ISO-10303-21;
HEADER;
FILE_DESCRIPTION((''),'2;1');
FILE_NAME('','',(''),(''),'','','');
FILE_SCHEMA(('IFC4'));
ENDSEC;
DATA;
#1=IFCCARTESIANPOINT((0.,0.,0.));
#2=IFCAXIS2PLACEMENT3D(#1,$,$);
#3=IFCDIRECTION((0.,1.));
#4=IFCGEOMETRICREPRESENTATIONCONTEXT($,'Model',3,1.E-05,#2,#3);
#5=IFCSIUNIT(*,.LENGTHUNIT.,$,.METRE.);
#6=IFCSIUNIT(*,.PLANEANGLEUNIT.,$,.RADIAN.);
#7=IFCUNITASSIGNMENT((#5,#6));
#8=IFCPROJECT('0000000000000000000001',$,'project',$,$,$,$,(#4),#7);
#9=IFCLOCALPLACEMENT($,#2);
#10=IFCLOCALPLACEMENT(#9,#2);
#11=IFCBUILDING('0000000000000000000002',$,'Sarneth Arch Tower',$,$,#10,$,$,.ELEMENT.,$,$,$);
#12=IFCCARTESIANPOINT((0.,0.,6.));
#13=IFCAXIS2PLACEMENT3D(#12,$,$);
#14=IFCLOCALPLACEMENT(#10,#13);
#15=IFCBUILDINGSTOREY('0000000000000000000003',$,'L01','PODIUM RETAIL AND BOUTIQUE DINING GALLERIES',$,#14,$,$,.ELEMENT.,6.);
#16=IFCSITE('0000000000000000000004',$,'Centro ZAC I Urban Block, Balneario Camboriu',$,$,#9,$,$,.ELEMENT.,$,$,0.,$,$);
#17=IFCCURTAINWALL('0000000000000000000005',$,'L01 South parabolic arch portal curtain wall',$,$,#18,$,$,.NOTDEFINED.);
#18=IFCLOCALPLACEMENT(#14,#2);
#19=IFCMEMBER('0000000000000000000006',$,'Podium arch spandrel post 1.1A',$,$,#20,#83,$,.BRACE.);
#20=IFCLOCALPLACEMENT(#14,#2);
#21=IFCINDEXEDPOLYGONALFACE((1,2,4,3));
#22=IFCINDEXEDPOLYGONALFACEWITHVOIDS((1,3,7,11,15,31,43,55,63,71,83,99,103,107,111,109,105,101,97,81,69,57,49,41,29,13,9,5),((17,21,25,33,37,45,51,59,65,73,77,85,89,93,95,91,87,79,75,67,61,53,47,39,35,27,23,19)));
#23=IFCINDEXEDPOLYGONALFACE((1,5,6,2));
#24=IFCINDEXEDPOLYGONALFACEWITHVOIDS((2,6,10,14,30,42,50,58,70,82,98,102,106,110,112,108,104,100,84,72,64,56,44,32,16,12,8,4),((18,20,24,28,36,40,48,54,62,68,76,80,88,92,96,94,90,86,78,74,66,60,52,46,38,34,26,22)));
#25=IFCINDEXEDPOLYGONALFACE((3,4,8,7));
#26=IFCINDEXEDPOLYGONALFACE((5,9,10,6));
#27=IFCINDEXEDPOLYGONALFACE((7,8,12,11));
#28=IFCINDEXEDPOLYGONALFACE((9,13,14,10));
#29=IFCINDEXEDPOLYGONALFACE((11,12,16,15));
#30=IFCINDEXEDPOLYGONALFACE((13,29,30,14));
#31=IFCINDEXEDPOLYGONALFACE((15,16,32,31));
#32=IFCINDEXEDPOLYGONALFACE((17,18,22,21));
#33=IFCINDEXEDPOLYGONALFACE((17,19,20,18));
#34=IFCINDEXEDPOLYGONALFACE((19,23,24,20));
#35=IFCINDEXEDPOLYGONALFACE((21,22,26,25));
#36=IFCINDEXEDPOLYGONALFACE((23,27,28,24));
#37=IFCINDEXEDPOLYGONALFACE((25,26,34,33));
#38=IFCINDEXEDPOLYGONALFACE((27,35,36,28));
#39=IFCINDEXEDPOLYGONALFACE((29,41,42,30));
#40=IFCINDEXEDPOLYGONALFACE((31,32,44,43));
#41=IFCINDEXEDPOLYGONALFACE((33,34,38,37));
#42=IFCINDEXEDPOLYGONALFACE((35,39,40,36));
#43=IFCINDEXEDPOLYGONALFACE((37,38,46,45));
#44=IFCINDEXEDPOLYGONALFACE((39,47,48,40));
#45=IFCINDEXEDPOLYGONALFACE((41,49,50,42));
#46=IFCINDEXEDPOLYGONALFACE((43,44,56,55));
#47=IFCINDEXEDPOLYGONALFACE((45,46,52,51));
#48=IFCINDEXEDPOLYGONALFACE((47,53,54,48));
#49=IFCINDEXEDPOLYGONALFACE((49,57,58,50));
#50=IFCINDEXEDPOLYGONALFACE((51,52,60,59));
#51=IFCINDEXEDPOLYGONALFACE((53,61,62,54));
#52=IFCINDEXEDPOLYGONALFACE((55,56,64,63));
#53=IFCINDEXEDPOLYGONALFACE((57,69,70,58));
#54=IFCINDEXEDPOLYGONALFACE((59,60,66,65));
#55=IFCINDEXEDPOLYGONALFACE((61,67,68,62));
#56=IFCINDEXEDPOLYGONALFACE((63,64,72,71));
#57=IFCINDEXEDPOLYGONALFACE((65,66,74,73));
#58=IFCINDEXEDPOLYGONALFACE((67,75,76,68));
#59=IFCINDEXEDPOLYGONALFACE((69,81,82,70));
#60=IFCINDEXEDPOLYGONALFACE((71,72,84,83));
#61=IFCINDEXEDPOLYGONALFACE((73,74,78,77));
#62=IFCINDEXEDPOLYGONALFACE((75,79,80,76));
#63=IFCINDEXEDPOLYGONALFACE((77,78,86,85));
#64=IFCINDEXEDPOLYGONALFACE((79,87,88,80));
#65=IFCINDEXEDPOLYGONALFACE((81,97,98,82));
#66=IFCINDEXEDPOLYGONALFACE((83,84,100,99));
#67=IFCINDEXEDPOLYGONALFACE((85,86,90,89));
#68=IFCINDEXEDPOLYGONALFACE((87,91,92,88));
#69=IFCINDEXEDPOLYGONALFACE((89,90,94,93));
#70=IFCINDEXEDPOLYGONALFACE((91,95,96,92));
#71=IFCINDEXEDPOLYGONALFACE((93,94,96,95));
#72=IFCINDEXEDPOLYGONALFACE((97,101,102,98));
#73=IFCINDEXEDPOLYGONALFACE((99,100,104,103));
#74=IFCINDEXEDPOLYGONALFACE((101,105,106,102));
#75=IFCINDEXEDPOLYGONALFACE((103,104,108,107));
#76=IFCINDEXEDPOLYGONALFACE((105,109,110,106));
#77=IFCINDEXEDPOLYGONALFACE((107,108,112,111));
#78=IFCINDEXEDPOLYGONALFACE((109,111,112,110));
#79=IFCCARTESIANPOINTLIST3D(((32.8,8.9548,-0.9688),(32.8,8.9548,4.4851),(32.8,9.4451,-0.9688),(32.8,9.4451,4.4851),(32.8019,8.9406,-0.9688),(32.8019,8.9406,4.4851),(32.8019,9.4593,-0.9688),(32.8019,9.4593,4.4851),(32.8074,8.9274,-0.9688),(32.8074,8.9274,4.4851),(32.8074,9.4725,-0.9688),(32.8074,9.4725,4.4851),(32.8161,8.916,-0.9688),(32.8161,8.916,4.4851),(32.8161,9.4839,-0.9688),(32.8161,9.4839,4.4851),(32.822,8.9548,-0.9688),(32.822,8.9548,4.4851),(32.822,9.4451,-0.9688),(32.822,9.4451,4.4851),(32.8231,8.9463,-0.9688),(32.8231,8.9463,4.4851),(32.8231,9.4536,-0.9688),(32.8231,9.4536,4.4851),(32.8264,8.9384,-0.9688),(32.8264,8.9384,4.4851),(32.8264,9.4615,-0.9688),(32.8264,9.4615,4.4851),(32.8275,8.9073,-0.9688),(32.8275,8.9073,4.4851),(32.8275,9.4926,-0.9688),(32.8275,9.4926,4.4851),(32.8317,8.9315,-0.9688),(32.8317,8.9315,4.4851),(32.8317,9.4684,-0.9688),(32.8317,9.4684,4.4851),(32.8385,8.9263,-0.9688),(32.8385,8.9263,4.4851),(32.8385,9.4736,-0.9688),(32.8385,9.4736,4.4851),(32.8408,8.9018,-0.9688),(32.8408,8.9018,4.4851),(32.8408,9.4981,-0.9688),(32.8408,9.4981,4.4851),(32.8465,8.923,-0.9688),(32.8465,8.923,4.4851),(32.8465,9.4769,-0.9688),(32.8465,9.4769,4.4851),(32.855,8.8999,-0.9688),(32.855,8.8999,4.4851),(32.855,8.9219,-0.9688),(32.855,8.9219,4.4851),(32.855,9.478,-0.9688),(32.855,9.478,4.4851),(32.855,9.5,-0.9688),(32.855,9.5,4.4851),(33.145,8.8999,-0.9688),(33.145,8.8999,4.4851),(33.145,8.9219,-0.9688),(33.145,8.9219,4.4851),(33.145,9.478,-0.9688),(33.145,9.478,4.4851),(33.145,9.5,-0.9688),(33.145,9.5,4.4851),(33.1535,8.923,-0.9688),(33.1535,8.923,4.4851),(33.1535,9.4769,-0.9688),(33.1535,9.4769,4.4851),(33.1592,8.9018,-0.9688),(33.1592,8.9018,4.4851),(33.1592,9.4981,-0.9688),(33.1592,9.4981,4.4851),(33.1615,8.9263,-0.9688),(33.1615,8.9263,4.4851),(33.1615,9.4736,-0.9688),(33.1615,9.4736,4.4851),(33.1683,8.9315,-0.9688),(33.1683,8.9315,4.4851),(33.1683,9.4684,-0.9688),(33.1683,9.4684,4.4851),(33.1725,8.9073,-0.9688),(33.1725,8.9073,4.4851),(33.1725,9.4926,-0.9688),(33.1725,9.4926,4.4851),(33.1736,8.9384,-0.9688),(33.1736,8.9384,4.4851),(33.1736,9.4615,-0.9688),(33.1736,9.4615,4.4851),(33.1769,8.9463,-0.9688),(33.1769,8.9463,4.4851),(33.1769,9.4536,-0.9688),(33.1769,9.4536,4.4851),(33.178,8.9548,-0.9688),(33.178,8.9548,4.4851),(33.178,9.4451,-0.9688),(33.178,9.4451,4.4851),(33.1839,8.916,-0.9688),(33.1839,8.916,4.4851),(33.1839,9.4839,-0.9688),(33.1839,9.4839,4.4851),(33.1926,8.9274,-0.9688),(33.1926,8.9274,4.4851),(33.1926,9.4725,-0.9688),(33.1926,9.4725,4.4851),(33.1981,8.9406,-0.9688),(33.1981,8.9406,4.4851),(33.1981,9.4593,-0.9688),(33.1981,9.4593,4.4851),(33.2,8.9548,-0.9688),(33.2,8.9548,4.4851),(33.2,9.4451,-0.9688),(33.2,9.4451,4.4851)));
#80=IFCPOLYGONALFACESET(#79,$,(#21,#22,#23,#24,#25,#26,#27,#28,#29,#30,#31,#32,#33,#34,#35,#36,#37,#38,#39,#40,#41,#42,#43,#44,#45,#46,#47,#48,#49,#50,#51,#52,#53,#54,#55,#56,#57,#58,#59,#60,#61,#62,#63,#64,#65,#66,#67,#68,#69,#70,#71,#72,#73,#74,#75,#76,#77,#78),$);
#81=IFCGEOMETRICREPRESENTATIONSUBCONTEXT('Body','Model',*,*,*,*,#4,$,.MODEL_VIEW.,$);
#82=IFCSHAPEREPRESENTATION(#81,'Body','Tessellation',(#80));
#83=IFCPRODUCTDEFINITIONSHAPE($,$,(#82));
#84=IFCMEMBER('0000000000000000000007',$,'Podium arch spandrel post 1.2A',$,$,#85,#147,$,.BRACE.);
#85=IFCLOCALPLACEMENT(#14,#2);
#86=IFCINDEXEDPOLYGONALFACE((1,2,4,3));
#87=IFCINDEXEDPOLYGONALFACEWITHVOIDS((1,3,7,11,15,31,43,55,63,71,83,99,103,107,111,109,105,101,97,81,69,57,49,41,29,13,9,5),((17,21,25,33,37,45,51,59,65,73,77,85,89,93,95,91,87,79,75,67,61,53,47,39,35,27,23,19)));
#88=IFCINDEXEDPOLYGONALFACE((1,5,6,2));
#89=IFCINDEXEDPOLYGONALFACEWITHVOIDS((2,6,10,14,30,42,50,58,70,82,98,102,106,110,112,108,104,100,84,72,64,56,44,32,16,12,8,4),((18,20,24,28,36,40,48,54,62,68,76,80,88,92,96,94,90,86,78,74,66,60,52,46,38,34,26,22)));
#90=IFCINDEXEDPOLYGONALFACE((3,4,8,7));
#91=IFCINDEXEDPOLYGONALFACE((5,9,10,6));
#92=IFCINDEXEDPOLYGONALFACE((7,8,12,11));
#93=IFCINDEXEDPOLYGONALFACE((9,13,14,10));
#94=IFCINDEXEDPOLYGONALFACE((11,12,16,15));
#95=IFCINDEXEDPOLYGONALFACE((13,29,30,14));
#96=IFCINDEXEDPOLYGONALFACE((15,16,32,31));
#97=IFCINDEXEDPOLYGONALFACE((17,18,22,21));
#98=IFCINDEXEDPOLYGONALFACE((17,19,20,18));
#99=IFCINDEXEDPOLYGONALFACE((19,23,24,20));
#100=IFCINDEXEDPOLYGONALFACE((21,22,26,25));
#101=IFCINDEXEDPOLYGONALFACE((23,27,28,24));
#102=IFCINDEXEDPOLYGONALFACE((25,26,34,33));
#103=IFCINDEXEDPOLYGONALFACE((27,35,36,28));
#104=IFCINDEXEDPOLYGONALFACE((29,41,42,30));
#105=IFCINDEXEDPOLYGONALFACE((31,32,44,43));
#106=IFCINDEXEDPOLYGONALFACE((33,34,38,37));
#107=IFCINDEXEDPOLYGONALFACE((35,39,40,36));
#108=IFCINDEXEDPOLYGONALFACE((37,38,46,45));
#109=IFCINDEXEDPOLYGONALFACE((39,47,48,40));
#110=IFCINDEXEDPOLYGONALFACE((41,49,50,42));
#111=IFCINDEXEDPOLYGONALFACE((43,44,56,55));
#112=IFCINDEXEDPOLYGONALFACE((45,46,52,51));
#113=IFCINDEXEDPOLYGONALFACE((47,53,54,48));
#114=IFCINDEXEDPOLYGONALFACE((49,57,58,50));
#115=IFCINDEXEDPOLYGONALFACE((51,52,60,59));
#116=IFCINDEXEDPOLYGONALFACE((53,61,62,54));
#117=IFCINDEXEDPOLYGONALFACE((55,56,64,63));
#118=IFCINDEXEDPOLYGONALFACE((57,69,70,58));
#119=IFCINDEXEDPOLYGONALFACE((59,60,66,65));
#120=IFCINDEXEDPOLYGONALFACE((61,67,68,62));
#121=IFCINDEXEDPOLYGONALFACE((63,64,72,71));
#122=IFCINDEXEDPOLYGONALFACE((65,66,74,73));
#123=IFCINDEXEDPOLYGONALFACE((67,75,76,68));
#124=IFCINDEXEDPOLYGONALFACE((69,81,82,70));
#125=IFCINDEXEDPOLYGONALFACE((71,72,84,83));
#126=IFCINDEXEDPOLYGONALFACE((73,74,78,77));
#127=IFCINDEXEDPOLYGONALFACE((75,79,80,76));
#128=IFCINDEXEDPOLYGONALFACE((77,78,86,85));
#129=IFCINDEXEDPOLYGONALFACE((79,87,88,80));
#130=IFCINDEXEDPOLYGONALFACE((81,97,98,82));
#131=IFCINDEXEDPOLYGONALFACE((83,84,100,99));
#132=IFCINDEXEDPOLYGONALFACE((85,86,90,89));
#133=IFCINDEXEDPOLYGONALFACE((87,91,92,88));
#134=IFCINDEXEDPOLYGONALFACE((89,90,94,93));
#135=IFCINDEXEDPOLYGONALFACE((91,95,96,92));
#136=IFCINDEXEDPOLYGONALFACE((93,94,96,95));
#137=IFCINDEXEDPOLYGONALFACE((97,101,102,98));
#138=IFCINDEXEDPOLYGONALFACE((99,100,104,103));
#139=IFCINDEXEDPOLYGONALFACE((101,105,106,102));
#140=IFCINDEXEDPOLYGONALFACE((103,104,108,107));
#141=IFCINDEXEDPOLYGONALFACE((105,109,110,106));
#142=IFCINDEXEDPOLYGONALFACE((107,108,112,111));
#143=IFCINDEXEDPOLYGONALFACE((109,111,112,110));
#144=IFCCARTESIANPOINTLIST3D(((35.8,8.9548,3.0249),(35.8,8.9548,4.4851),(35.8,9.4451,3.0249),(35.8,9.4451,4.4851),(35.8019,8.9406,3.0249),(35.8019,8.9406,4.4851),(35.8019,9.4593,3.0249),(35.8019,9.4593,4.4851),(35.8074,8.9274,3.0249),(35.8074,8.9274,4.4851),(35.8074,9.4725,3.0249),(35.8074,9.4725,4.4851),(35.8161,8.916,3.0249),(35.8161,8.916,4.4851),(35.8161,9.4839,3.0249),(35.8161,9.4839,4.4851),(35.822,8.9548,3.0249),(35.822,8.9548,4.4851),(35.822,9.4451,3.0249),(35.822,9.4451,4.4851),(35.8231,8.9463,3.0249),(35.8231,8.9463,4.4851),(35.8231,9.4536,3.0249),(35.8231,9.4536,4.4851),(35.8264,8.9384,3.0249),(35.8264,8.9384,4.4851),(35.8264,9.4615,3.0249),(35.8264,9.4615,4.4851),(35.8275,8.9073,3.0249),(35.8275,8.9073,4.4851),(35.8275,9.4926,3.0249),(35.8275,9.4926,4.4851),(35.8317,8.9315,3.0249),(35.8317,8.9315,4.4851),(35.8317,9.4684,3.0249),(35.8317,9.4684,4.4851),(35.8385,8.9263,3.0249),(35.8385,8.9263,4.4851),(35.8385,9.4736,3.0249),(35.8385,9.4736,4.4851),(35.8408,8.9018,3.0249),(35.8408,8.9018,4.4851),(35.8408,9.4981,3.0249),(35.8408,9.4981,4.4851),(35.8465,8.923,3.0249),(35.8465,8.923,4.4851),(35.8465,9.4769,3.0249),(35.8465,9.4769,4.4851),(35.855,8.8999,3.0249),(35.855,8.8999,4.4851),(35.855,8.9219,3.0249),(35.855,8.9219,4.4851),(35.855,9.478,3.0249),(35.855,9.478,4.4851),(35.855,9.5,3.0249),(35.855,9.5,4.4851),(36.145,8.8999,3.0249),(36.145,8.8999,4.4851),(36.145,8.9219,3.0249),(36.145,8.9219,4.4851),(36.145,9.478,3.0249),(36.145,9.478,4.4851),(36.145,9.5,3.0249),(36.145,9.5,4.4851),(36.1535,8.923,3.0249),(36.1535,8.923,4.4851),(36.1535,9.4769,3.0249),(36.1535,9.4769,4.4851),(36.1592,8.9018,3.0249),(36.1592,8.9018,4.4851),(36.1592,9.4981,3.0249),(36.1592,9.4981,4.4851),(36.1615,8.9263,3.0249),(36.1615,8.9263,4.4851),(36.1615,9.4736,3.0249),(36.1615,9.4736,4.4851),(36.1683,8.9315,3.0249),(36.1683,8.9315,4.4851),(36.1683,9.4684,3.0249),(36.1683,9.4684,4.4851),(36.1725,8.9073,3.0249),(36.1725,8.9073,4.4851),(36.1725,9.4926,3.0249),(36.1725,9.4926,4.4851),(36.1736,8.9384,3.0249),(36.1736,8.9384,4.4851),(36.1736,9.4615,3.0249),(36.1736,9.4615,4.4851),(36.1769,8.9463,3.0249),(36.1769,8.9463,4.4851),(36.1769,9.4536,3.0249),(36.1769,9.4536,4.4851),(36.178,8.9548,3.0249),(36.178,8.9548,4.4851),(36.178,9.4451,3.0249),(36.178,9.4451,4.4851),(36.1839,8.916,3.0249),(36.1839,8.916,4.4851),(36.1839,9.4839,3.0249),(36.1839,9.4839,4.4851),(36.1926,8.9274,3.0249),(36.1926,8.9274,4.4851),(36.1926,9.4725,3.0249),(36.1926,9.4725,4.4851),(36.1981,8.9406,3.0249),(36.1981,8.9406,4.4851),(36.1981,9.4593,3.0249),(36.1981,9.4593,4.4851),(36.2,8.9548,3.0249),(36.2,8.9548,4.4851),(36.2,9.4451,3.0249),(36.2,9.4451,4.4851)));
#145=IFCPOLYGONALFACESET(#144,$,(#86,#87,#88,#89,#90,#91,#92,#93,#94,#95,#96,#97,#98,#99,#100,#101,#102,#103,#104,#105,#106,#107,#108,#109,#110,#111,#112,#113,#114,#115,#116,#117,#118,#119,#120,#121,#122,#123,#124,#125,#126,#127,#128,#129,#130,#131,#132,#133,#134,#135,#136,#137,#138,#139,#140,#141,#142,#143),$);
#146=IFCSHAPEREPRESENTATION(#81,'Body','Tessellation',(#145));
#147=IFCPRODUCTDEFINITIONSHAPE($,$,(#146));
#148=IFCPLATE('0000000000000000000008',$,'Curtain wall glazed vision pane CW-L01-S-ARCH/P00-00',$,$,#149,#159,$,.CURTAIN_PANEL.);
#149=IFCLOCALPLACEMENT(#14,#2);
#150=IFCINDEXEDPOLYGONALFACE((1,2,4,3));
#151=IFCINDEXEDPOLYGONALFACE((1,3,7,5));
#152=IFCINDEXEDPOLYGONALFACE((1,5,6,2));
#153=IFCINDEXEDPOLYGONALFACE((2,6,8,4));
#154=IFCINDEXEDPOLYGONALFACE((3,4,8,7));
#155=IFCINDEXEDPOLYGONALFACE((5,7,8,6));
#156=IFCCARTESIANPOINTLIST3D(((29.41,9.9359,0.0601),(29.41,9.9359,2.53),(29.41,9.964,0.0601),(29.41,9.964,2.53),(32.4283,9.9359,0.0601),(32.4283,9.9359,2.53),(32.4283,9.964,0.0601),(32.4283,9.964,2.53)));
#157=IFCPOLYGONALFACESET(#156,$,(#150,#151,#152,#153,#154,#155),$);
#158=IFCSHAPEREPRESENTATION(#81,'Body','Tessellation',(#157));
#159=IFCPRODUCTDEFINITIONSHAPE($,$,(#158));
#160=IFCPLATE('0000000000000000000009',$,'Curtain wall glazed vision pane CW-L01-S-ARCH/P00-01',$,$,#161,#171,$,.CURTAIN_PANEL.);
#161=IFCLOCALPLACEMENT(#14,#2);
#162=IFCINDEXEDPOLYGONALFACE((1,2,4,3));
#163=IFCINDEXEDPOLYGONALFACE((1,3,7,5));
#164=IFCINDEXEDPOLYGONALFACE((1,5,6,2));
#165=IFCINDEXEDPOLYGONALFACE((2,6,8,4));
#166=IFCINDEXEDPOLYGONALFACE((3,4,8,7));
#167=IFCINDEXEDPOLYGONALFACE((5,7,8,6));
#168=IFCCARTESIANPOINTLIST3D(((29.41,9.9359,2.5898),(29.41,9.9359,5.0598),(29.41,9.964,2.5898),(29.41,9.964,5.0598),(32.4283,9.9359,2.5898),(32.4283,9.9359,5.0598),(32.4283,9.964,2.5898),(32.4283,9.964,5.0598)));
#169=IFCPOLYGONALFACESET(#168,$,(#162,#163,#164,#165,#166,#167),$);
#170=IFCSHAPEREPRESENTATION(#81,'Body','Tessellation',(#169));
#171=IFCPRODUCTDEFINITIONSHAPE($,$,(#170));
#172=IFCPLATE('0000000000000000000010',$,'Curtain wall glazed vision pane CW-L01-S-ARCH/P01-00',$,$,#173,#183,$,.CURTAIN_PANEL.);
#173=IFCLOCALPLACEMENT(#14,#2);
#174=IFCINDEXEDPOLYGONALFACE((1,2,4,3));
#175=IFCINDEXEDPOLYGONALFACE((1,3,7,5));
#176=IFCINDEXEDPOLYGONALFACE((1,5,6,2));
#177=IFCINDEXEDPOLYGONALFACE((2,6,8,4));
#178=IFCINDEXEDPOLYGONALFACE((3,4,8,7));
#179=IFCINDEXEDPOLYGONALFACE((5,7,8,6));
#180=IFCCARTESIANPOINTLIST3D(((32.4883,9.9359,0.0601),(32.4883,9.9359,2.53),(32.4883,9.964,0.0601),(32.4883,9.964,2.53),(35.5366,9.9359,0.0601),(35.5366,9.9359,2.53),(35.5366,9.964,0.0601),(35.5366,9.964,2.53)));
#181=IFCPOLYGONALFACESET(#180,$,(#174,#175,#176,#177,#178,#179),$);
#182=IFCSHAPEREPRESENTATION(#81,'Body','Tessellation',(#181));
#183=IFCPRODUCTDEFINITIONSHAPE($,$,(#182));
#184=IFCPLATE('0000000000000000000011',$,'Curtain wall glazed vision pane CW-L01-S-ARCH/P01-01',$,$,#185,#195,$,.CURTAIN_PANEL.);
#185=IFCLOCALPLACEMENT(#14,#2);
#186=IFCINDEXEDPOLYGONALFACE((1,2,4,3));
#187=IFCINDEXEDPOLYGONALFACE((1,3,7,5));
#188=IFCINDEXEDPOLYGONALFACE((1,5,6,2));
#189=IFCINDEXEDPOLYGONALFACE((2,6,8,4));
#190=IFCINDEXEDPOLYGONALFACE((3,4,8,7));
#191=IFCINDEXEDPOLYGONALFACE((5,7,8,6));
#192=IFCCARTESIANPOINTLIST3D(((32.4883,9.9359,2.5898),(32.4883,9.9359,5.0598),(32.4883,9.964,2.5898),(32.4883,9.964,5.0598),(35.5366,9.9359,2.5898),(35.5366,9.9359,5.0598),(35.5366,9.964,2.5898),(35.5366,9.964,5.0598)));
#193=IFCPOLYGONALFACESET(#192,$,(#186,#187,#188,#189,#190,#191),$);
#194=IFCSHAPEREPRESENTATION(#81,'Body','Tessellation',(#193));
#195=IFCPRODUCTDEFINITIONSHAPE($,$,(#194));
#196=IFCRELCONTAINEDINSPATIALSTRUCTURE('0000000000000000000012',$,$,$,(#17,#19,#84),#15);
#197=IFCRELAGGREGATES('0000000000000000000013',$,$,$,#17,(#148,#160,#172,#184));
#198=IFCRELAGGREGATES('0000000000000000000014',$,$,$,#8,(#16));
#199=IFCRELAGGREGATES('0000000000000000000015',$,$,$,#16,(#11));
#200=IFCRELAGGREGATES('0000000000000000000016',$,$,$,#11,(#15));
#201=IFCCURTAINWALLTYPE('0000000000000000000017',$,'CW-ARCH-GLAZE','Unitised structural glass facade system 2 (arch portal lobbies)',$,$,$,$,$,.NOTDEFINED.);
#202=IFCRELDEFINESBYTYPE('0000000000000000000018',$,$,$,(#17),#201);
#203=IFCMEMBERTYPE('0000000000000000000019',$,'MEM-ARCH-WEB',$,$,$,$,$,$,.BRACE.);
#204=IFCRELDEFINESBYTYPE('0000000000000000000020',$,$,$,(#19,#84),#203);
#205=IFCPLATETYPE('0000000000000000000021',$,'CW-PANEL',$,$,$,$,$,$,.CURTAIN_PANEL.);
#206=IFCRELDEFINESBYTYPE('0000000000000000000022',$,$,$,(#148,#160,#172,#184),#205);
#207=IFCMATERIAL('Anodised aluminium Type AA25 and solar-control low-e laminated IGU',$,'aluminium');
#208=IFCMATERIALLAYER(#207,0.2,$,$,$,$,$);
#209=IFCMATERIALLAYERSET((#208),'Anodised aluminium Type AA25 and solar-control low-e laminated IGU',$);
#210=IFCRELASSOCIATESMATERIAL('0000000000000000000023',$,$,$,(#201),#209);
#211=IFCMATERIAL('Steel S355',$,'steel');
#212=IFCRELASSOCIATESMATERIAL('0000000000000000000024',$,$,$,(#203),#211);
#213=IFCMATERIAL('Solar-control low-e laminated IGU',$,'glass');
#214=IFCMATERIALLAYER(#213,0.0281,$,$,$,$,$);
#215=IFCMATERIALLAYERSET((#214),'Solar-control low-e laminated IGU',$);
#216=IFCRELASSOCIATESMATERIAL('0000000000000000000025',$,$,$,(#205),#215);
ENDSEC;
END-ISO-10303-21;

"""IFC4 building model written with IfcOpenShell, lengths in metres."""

from ifc_helpers import new_model, si_unit, direction, frame, origin, origin_2d, place, context, subcontext, project, spatial, rectangle, hollow_rectangle, extrude, material, layer, layer_set, material_profile, profile_set, type_object, element, aggregate, save


model = new_model("IFC4")

# Units and contexts
model_context = context("Model", 3, precision=1e-05, world=origin(), true_north=direction((0.0, 1.0)))
body_context = subcontext(model_context, "Body", "Model", "MODEL_VIEW")
ifc_project = project(units=[si_unit("LENGTHUNIT", "METRE"), si_unit("PLANEANGLEUNIT", "RADIAN")], contexts=[model_context])

# Site, building, storey
site_placement = place(None, origin())
site = spatial("IfcSite", under=ifc_project, at=site_placement, Name="Centro ZAC I Urban Block, Balneario Camboriu", CompositionType="ELEMENT", RefElevation=0.0)
building_placement = place(site_placement, origin())
building = spatial("IfcBuilding", under=site, at=building_placement, Name="Sarneth Arch Tower", CompositionType="ELEMENT")
storey_placement = place(building_placement, frame((0.0, 0.0, 6.0)))
storey = spatial("IfcBuildingStorey", under=building, at=storey_placement, Name="L01", Description="PODIUM RETAIL AND BOUTIQUE DINING GALLERIES", CompositionType="ELEMENT", Elevation=6.0)

# Curtain wall
ifc_material_1 = material(Name="Anodised aluminium Type AA25 and solar-control low-e laminated IGU", Category="aluminium")
ifc_layer_1 = layer(ifc_material_1, 0.2)
ifc_layer_set_1 = layer_set([ifc_layer_1], Name="Anodised aluminium Type AA25 and solar-control low-e laminated IGU")
curtain_wall_type = type_object("IfcCurtainWallType", Name="CW-ARCH-GLAZE", Description="Unitised structural glass facade system 2 (arch portal lobbies)", PredefinedType="NOTDEFINED", material=ifc_layer_set_1)
curtain_wall_placement = place(storey_placement, origin())
curtain_wall = element("IfcCurtainWall", 1, at=curtain_wall_placement, inside=storey, type_object=curtain_wall_type, Name="L01 South parabolic arch portal curtain wall", PredefinedType="NOTDEFINED")

# Members
ifc_material_2 = material(Name="Steel S355", Category="steel")
ifc_material_profile_1 = material_profile(ifc_material_2, hollow_rectangle(XDim=0.3999, YDim=0.6001, WallThickness=0.022, InnerFilletRadius=0.033, OuterFilletRadius=0.0549, at=origin_2d()), Name="RHS600x400x22")
ifc_profile_set_1 = profile_set([ifc_material_profile_1], Name="Steel S355")
member_type_1 = type_object("IfcMemberType", Name="MEM-ARCH-WEB", PredefinedType="BRACE", material=ifc_profile_set_1)
member_1_placement = place(storey_placement, frame((33.0, 9.2, -0.9688), z_axis=(0.0, 0.0, 1.0), x_axis=(1.0, 0.0, 0.0)))
element("IfcMember", 2, at=member_1_placement, inside=storey, type_object=member_type_1, Name="Podium arch spandrel post 1.1A", PredefinedType="BRACE", context=body_context, shape_type="SweptSolid", body=[
    extrude(hollow_rectangle(XDim=0.3999, YDim=0.6001, WallThickness=0.022, InnerFilletRadius=0.033, OuterFilletRadius=0.0549, at=origin_2d()), origin(), (0.0, 0.0, 1.0), 5.4539),
])
member_2_placement = place(storey_placement, frame((36.0, 9.2, 3.0249), z_axis=(0.0, 0.0, 1.0), x_axis=(1.0, 0.0, 0.0)))
element("IfcMember", 3, at=member_2_placement, inside=storey, type_object=member_type_1, Name="Podium arch spandrel post 1.2A", PredefinedType="BRACE", context=body_context, shape_type="SweptSolid", body=[
    extrude(hollow_rectangle(XDim=0.3999, YDim=0.6001, WallThickness=0.022, InnerFilletRadius=0.033, OuterFilletRadius=0.0549, at=origin_2d()), origin(), (0.0, 0.0, 1.0), 1.4602),
])

# Plates
ifc_material_3 = material(Name="Solar-control low-e laminated IGU", Category="glass")
ifc_layer_2 = layer(ifc_material_3, 0.0281)
ifc_layer_set_2 = layer_set([ifc_layer_2], Name="Solar-control low-e laminated IGU")
plate_type_1 = type_object("IfcPlateType", Name="CW-PANEL", PredefinedType="CURTAIN_PANEL", material=ifc_layer_set_2)
plate_1_placement = place(storey_placement, frame((30.9192, 9.95, 0.0601), z_axis=(0.0, 0.0, 1.0), x_axis=(1.0, 0.0, 0.0)))
plate_1 = element("IfcPlate", 4, at=plate_1_placement, type_object=plate_type_1, Name="Curtain wall glazed vision pane CW-L01-S-ARCH/P00-00", PredefinedType="CURTAIN_PANEL", context=body_context, shape_type="SweptSolid", body=[
    extrude(rectangle(XDim=3.0183, YDim=0.0281, at=origin_2d()), origin(), (0.0, 0.0, 1.0), 2.47),
])
plate_2_placement = place(storey_placement, frame((30.9192, 9.95, 2.5898), z_axis=(0.0, 0.0, 1.0), x_axis=(1.0, 0.0, 0.0)))
plate_2 = element("IfcPlate", 5, at=plate_2_placement, type_object=plate_type_1, Name="Curtain wall glazed vision pane CW-L01-S-ARCH/P00-01", PredefinedType="CURTAIN_PANEL", context=body_context, shape_type="SweptSolid", body=[
    extrude(rectangle(XDim=3.0183, YDim=0.0281, at=origin_2d()), origin(), (0.0, 0.0, 1.0), 2.47),
])
plate_3_placement = place(storey_placement, frame((34.0125, 9.95, 0.0601), z_axis=(0.0, 0.0, 1.0), x_axis=(1.0, 0.0, 0.0)))
plate_3 = element("IfcPlate", 6, at=plate_3_placement, type_object=plate_type_1, Name="Curtain wall glazed vision pane CW-L01-S-ARCH/P01-00", PredefinedType="CURTAIN_PANEL", context=body_context, shape_type="SweptSolid", body=[
    extrude(rectangle(XDim=3.0483, YDim=0.0281, at=origin_2d()), origin(), (0.0, 0.0, 1.0), 2.47),
])
plate_4_placement = place(storey_placement, frame((34.0125, 9.95, 2.5898), z_axis=(0.0, 0.0, 1.0), x_axis=(1.0, 0.0, 0.0)))
plate_4 = element("IfcPlate", 7, at=plate_4_placement, type_object=plate_type_1, Name="Curtain wall glazed vision pane CW-L01-S-ARCH/P01-01", PredefinedType="CURTAIN_PANEL", context=body_context, shape_type="SweptSolid", body=[
    extrude(rectangle(XDim=3.0483, YDim=0.0281, at=origin_2d()), origin(), (0.0, 0.0, 1.0), 2.47),
])
aggregate(curtain_wall, [plate_1, plate_2, plate_3, plate_4])

save(model, "model.ifc")
